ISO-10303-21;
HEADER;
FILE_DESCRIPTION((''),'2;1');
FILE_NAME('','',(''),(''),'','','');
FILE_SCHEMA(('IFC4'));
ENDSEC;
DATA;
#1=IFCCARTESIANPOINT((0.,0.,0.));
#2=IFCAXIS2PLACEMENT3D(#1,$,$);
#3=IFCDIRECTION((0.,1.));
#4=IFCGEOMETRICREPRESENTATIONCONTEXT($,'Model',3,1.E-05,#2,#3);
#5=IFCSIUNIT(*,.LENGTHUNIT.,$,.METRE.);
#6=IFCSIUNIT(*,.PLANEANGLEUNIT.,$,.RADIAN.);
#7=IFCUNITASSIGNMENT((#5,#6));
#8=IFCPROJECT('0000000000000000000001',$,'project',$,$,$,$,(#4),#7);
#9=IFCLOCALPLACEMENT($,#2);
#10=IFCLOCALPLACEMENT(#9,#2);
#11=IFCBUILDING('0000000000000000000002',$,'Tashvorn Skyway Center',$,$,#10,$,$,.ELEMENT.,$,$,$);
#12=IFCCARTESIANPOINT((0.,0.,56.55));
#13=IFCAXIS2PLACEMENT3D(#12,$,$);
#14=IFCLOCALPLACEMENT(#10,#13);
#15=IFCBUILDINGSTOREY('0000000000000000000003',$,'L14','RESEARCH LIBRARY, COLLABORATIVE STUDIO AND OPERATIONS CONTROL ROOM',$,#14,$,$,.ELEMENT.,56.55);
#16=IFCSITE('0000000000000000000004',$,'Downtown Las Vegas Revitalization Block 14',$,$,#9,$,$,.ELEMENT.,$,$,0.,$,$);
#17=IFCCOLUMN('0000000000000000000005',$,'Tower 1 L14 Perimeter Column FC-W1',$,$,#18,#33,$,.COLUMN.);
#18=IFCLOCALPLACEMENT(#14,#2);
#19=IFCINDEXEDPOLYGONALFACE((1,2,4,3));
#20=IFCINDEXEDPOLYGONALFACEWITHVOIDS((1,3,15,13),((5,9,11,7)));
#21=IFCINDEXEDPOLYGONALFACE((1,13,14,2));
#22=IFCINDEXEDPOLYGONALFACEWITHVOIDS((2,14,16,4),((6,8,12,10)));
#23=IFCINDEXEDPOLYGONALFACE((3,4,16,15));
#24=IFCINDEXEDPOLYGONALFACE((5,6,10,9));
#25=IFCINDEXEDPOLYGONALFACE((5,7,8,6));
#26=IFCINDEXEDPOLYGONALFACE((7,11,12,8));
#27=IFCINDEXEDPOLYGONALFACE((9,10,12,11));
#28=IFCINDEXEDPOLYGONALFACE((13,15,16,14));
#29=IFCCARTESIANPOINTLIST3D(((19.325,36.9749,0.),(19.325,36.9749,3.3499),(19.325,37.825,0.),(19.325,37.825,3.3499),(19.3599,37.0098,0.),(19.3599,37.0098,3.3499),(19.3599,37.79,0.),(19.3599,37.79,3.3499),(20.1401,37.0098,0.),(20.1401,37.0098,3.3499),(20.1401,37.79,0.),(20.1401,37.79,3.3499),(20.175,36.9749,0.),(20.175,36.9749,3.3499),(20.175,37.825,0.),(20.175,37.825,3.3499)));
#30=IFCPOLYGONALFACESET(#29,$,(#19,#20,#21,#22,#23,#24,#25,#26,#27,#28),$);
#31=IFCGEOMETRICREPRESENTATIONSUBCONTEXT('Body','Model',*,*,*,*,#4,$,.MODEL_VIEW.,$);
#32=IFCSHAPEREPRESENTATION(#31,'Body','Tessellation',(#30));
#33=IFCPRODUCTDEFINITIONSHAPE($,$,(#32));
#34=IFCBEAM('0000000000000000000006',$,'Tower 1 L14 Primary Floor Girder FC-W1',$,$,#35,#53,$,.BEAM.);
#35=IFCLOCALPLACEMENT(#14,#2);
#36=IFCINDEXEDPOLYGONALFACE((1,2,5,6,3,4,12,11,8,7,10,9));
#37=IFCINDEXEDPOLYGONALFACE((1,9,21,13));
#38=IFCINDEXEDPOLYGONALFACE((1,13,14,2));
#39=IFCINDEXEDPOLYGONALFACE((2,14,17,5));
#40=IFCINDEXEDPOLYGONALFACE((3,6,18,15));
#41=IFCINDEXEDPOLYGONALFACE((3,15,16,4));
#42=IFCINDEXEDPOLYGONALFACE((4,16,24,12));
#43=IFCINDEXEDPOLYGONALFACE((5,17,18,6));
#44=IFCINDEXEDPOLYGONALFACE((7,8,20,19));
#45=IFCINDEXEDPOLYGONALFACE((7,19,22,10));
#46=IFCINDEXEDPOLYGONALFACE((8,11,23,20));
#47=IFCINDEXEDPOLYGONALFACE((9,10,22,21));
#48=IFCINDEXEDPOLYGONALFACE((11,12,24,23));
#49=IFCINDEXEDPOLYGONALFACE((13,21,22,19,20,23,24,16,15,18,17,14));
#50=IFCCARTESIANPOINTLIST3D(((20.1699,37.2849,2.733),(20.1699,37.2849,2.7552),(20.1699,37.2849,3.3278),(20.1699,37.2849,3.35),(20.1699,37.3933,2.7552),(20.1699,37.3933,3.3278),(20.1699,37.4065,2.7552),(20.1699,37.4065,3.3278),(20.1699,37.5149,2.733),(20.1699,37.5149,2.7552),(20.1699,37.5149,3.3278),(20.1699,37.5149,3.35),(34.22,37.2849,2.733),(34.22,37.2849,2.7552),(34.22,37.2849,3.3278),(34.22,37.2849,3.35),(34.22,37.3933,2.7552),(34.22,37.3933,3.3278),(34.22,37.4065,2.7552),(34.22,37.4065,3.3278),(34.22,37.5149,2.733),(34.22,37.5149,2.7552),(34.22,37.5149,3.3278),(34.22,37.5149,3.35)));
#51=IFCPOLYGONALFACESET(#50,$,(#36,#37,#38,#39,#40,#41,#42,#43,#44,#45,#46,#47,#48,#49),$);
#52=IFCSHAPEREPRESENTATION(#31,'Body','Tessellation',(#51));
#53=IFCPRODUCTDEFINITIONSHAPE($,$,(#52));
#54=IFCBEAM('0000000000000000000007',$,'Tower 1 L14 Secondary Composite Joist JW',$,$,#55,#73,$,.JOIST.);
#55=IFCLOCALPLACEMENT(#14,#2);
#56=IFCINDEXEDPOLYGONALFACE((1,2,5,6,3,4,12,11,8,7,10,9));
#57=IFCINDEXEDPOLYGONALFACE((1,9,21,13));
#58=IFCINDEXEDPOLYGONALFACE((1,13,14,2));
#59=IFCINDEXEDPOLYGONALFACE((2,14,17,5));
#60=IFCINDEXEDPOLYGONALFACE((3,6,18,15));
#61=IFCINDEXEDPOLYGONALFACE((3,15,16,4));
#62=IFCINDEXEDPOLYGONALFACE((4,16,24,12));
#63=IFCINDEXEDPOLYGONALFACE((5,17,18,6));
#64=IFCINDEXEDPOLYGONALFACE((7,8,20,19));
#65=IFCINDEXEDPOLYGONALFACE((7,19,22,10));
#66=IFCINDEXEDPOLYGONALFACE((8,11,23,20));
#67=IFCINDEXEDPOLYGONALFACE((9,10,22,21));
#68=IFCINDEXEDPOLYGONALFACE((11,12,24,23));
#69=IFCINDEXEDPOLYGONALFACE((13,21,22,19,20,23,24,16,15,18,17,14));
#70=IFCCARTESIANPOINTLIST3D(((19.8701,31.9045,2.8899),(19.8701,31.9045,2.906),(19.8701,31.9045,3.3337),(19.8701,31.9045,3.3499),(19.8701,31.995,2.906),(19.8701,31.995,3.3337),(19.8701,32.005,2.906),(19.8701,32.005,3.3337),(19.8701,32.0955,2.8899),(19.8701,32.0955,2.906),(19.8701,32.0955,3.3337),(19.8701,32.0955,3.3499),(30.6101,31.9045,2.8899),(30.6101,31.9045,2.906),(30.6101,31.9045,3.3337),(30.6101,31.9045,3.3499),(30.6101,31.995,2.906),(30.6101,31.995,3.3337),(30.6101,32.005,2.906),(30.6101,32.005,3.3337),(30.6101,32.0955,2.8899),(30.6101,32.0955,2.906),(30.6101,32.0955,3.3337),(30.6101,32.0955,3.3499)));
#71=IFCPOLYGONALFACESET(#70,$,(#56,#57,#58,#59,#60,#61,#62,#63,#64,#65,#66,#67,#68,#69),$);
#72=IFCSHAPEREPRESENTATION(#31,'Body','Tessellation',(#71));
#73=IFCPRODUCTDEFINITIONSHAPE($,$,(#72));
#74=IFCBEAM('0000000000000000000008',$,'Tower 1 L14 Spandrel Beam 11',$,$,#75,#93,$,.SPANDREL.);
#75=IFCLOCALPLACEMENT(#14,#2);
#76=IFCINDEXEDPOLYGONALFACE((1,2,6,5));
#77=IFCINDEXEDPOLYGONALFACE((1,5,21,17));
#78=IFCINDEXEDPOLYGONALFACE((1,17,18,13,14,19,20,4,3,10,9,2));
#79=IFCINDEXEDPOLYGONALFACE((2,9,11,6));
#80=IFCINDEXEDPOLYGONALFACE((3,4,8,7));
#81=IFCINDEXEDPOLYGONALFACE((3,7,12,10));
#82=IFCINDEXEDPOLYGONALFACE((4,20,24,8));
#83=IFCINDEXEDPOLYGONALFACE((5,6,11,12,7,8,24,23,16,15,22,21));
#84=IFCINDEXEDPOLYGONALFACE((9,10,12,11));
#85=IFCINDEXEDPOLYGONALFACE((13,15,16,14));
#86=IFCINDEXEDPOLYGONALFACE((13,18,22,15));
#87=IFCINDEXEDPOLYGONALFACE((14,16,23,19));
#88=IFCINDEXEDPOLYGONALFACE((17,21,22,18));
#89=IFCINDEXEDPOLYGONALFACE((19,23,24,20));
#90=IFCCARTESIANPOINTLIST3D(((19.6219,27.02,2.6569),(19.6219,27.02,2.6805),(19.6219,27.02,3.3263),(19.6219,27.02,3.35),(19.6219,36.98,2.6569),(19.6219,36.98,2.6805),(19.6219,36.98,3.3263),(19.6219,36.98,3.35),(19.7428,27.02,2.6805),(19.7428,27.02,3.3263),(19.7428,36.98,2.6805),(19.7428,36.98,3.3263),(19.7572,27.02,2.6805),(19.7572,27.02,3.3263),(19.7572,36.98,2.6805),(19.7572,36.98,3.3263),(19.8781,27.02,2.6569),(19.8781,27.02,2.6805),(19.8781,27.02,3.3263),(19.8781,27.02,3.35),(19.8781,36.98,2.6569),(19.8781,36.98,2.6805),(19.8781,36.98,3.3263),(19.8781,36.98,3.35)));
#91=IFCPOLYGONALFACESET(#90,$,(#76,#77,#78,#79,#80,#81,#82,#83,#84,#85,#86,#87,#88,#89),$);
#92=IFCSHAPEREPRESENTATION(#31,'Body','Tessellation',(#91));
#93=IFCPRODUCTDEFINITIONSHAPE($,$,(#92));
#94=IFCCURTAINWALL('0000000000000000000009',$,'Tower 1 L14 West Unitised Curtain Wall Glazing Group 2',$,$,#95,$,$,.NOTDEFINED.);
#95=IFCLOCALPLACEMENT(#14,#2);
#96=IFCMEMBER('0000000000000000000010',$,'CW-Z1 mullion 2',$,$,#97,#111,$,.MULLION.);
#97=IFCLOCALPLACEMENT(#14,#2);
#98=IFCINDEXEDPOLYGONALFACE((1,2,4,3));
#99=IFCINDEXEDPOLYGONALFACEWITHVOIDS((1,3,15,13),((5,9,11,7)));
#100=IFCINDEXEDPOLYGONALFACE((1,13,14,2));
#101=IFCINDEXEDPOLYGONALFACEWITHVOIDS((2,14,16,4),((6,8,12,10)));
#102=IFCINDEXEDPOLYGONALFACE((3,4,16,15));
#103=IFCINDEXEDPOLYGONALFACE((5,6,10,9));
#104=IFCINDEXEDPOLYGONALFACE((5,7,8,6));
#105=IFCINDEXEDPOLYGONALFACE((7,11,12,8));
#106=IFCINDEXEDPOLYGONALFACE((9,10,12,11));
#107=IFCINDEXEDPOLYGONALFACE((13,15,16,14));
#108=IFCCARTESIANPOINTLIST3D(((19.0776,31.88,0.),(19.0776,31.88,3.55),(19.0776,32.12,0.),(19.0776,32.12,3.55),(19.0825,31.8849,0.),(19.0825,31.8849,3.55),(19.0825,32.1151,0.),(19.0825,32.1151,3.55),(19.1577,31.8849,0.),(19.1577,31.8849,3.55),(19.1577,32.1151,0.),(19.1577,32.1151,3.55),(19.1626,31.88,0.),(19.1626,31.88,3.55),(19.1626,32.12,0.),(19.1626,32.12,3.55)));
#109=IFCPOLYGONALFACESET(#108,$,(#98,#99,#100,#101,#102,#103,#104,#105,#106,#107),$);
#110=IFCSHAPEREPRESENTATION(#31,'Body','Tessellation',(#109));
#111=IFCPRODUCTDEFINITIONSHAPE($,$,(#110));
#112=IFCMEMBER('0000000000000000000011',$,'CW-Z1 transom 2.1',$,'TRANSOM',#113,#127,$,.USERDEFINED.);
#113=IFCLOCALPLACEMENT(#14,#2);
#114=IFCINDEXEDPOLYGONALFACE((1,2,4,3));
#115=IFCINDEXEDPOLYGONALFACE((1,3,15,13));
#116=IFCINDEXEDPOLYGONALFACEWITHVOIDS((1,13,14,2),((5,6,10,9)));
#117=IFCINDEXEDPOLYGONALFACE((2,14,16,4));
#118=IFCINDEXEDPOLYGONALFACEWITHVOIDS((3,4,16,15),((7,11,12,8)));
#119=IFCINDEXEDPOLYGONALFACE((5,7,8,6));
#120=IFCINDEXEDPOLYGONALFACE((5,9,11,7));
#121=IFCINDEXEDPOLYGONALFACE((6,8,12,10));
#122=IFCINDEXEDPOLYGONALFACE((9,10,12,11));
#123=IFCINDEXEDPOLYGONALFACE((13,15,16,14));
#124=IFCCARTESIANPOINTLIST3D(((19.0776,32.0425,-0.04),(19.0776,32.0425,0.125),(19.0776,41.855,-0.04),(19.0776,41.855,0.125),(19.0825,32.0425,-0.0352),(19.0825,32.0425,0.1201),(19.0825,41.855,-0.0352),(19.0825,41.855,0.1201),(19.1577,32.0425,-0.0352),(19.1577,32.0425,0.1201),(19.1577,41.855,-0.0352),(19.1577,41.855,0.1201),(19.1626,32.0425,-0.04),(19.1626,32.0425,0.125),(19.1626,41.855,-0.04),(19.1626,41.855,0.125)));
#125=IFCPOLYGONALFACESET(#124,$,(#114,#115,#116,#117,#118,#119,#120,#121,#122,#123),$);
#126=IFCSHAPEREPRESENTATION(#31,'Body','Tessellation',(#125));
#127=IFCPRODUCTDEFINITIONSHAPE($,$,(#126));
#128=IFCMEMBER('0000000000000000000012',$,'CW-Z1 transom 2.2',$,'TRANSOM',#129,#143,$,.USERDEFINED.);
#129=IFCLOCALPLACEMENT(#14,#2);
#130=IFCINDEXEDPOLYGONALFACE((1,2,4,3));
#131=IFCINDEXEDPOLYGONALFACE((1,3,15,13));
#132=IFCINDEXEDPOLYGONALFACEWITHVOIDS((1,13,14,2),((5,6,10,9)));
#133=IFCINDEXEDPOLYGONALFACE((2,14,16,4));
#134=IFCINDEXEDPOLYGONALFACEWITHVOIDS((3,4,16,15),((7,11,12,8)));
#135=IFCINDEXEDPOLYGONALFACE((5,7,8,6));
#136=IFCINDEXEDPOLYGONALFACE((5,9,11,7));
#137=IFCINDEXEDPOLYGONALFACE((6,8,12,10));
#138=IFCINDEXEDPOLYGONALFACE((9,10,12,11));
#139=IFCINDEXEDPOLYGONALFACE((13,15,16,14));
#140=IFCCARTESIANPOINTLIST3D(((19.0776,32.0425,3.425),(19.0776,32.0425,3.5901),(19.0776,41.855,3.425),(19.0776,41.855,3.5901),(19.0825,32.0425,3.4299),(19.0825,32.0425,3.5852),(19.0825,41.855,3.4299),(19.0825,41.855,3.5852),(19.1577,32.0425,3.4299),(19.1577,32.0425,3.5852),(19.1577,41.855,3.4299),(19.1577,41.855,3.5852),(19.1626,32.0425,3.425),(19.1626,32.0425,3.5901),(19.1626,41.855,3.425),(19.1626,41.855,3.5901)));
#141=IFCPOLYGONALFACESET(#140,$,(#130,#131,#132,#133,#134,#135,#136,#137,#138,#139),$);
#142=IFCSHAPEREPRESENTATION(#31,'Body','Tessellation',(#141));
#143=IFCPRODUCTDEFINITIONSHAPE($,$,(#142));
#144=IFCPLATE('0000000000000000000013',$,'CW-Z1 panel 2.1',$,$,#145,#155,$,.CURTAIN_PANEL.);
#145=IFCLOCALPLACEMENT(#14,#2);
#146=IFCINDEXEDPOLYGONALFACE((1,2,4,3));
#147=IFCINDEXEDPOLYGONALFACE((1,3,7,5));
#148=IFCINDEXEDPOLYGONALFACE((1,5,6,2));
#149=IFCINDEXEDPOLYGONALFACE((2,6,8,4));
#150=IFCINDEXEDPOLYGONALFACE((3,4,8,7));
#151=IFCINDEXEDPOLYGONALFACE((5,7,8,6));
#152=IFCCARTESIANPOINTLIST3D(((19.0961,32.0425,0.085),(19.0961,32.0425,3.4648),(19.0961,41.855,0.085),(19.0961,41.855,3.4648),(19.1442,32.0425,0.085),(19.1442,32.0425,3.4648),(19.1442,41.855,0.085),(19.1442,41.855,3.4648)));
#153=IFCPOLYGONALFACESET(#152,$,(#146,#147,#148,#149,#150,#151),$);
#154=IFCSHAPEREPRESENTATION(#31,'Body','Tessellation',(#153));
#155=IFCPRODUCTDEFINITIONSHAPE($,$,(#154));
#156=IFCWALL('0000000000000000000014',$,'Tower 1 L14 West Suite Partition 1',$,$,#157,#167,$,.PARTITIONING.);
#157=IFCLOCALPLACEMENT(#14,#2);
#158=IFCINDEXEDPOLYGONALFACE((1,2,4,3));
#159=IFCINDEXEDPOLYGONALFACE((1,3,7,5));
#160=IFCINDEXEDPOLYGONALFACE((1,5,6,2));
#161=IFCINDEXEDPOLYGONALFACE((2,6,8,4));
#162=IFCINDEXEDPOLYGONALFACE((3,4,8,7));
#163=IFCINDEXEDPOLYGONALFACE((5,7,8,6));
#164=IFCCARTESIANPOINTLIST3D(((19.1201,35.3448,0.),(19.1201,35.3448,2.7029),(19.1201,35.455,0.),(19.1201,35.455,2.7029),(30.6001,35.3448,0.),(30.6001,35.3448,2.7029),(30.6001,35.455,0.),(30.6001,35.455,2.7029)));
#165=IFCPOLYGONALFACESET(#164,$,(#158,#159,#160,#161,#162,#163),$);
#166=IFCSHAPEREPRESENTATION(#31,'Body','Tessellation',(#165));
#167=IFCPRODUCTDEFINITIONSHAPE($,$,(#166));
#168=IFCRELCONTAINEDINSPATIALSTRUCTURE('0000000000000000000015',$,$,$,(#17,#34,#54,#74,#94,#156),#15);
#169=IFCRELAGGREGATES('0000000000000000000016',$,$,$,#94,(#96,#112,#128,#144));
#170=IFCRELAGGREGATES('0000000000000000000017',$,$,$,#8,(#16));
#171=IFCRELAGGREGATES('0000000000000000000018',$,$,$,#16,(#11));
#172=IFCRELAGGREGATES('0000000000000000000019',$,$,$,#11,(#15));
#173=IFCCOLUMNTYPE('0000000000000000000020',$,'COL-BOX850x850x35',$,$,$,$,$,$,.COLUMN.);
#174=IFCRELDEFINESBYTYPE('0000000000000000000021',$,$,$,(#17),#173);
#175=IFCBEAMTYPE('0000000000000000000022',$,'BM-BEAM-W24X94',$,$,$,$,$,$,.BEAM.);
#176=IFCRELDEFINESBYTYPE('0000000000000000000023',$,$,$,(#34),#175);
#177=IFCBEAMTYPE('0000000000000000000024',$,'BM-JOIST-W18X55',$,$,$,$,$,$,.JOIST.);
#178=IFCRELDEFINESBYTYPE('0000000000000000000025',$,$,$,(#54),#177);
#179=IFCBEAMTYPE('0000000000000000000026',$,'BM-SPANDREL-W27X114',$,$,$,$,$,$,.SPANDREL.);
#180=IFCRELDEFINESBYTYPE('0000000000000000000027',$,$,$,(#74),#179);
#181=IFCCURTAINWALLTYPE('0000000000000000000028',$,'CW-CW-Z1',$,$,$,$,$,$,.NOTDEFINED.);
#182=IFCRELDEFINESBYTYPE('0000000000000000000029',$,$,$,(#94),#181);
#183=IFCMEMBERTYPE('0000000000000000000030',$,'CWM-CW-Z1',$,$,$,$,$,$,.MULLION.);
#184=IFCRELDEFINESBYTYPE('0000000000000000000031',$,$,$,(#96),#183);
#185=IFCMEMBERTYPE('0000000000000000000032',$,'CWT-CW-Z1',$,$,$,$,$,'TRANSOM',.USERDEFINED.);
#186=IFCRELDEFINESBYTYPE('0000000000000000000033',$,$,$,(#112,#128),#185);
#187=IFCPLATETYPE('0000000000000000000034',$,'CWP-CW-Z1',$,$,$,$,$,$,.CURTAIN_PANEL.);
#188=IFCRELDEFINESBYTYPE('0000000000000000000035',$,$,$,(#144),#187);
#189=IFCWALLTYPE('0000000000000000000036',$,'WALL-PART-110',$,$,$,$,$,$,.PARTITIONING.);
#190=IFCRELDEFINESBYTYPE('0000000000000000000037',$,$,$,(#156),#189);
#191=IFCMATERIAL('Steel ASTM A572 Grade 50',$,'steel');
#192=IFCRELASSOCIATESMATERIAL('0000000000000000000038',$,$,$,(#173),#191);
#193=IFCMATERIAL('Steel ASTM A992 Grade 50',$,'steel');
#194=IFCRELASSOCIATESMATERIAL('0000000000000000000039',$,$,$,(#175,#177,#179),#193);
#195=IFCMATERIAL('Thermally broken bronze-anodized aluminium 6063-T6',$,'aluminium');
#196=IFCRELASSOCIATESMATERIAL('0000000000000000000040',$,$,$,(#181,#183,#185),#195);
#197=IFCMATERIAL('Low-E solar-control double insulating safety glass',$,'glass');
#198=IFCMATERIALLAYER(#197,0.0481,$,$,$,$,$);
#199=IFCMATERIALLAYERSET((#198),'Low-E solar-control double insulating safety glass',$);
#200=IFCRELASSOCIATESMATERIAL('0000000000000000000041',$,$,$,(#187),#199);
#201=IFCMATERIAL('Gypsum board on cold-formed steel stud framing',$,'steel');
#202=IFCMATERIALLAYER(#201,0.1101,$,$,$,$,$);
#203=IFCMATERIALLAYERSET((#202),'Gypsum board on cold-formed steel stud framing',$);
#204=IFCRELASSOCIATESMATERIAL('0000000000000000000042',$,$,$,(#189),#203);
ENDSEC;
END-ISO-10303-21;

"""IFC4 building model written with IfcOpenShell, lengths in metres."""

from ifc_helpers import new_model, si_unit, direction, frame, frame_2d, origin, origin_2d, place, context, subcontext, project, spatial, rectangle, hollow_rectangle, i_section, extrude, material, layer, layer_set, material_profile, profile_set, type_object, element, aggregate, save


model = new_model("IFC4")

# Units and contexts
model_context = context("Model", 3, precision=1e-05, world=origin(), true_north=direction((0.0, 1.0)))
body_context = subcontext(model_context, "Body", "Model", "MODEL_VIEW")
ifc_project = project(units=[si_unit("LENGTHUNIT", "METRE"), si_unit("PLANEANGLEUNIT", "RADIAN")], contexts=[model_context])

# Site, building, storey
site_placement = place(None, origin())
site = spatial("IfcSite", under=ifc_project, at=site_placement, Name="Downtown Las Vegas Revitalization Block 14", CompositionType="ELEMENT", RefElevation=0.0)
building_placement = place(site_placement, origin())
building = spatial("IfcBuilding", under=site, at=building_placement, Name="Tashvorn Skyway Center", CompositionType="ELEMENT")
storey_placement = place(building_placement, frame((0.0, 0.0, 56.55)))
storey = spatial("IfcBuildingStorey", under=building, at=storey_placement, Name="L14", Description="RESEARCH LIBRARY, COLLABORATIVE STUDIO AND OPERATIONS CONTROL ROOM", CompositionType="ELEMENT", Elevation=56.55)

# Column
ifc_material_1 = material(Name="Steel ASTM A572 Grade 50", Category="steel")
ifc_material_profile_1 = material_profile(ifc_material_1, hollow_rectangle(XDim=0.8501, YDim=0.8501, WallThickness=0.0349, at=origin_2d()), Name="BOX850x850x35")
ifc_profile_set_1 = profile_set([ifc_material_profile_1], Name="Steel ASTM A572 Grade 50")
column_type = type_object("IfcColumnType", Name="COL-BOX850x850x35", PredefinedType="COLUMN", material=ifc_profile_set_1)
column_placement = place(storey_placement, frame((19.75, 37.3999, 0.0), z_axis=(0.0, 0.0, 1.0), x_axis=(1.0, 0.0, 0.0)))
element("IfcColumn", 1, at=column_placement, inside=storey, type_object=column_type, Name="Tower 1 L14 Perimeter Column FC-W1", PredefinedType="COLUMN", context=body_context, shape_type="SweptSolid", body=[
    extrude(hollow_rectangle(XDim=0.8501, YDim=0.8501, WallThickness=0.0349, at=origin_2d()), origin(), (0.0, 0.0, 1.0), 3.3499),
])

# Beams
ifc_material_2 = material(Name="Steel ASTM A992 Grade 50", Category="steel")
ifc_material_profile_2 = material_profile(ifc_material_2, i_section(OverallWidth=0.23, OverallDepth=0.6169, WebThickness=0.0132, FlangeThickness=0.0222, at=origin_2d()), Name="W24X94")
ifc_profile_set_2 = profile_set([ifc_material_profile_2], Name="Steel ASTM A992 Grade 50")
beam_type_1 = type_object("IfcBeamType", Name="BM-BEAM-W24X94", PredefinedType="BEAM", material=ifc_profile_set_2)
beam_1_placement = place(storey_placement, frame((20.1699, 37.3999, 3.0415), z_axis=(1.0, 0.0, 0.0), x_axis=(0.0, 1.0, 0.0)))
element("IfcBeam", 2, at=beam_1_placement, inside=storey, type_object=beam_type_1, Name="Tower 1 L14 Primary Floor Girder FC-W1", PredefinedType="BEAM", context=body_context, shape_type="SweptSolid", body=[
    extrude(i_section(OverallWidth=0.23, OverallDepth=0.6169, WebThickness=0.0132, FlangeThickness=0.0222, at=origin_2d()), origin(), (0.0, 0.0, 1.0), 14.05),
])
ifc_material_profile_3 = material_profile(ifc_material_2, i_section(OverallWidth=0.1909, OverallDepth=0.46, WebThickness=0.01, FlangeThickness=0.0161, at=origin_2d()), Name="W18X55")
ifc_profile_set_3 = profile_set([ifc_material_profile_3], Name="Steel ASTM A992 Grade 50")
beam_type_2 = type_object("IfcBeamType", Name="BM-JOIST-W18X55", PredefinedType="JOIST", material=ifc_profile_set_3)
beam_2_placement = place(storey_placement, frame((30.6101, 32.0, 3.1199), z_axis=(-1.0, 0.0, 0.0), x_axis=(0.0, -1.0, 0.0)))
element("IfcBeam", 3, at=beam_2_placement, inside=storey, type_object=beam_type_2, Name="Tower 1 L14 Secondary Composite Joist JW", PredefinedType="JOIST", context=body_context, shape_type="SweptSolid", body=[
    extrude(i_section(OverallWidth=0.1909, OverallDepth=0.46, WebThickness=0.01, FlangeThickness=0.0161, at=origin_2d()), origin(), (0.0, 0.0, 1.0), 10.74),
])
ifc_material_profile_4 = material_profile(ifc_material_2, i_section(OverallWidth=0.2561, OverallDepth=0.6931, WebThickness=0.0144, FlangeThickness=0.0237, at=origin_2d()), Name="W27X114")
ifc_profile_set_4 = profile_set([ifc_material_profile_4], Name="Steel ASTM A992 Grade 50")
beam_type_3 = type_object("IfcBeamType", Name="BM-SPANDREL-W27X114", PredefinedType="SPANDREL", material=ifc_profile_set_4)
beam_3_placement = place(storey_placement, frame((19.75, 36.98, 3.0034), z_axis=(0.0, -1.0, 0.0), x_axis=(1.0, 0.0, 0.0)))
element("IfcBeam", 4, at=beam_3_placement, inside=storey, type_object=beam_type_3, Name="Tower 1 L14 Spandrel Beam 11", PredefinedType="SPANDREL", context=body_context, shape_type="SweptSolid", body=[
    extrude(i_section(OverallWidth=0.2561, OverallDepth=0.6931, WebThickness=0.0144, FlangeThickness=0.0237, at=origin_2d()), origin(), (0.0, 0.0, 1.0), 9.96),
])

# Curtain wall, members, plate
ifc_material_3 = material(Name="Thermally broken bronze-anodized aluminium 6063-T6", Category="aluminium")
curtain_wall_type = type_object("IfcCurtainWallType", Name="CW-CW-Z1", PredefinedType="NOTDEFINED", material=ifc_material_3)
curtain_wall_placement = place(storey_placement, origin())
curtain_wall = element("IfcCurtainWall", 5, at=curtain_wall_placement, inside=storey, type_object=curtain_wall_type, Name="Tower 1 L14 West Unitised Curtain Wall Glazing Group 2", PredefinedType="NOTDEFINED")
ifc_material_profile_5 = material_profile(ifc_material_3, hollow_rectangle(XDim=0.085, YDim=0.24, WallThickness=0.0049, at=origin_2d()), Name="ALU-MULL-85x240")
ifc_profile_set_5 = profile_set([ifc_material_profile_5], Name="Thermally broken bronze-anodized aluminium 6063-T6")
member_type_1 = type_object("IfcMemberType", Name="CWM-CW-Z1", PredefinedType="MULLION", material=ifc_profile_set_5)
member_1_placement = place(storey_placement, frame((19.1201, 32.0, 0.0), z_axis=(0.0, 0.0, 1.0), x_axis=(-1.0, 0.0, 0.0)))
member_1 = element("IfcMember", 6, at=member_1_placement, type_object=member_type_1, Name="CW-Z1 mullion 2", PredefinedType="MULLION", context=body_context, shape_type="SweptSolid", body=[
    extrude(hollow_rectangle(XDim=0.085, YDim=0.24, WallThickness=0.0049, at=origin_2d()), origin(), (0.0, 0.0, 1.0), 3.55),
])
ifc_material_profile_6 = material_profile(ifc_material_3, hollow_rectangle(XDim=0.085, YDim=0.165, WallThickness=0.0049, at=origin_2d()), Name="ALU-TRAN-85x165")
ifc_profile_set_6 = profile_set([ifc_material_profile_6], Name="Thermally broken bronze-anodized aluminium 6063-T6")
member_type_2 = type_object("IfcMemberType", Name="CWT-CW-Z1", ElementType="TRANSOM", PredefinedType="USERDEFINED", material=ifc_profile_set_6)
member_2_placement = place(storey_placement, frame((19.1201, 32.0425, 0.0425), z_axis=(0.0, 1.0, 0.0), x_axis=(-1.0, 0.0, 0.0)))
member_2 = element("IfcMember", 7, at=member_2_placement, type_object=member_type_2, Name="CW-Z1 transom 2.1", ObjectType="TRANSOM", PredefinedType="USERDEFINED", context=body_context, shape_type="SweptSolid", body=[
    extrude(hollow_rectangle(XDim=0.085, YDim=0.165, WallThickness=0.0049, at=origin_2d()), origin(), (0.0, 0.0, 1.0), 9.8125),
])
member_3_placement = place(storey_placement, frame((19.1201, 32.0425, 3.5076), z_axis=(0.0, 1.0, 0.0), x_axis=(-1.0, 0.0, 0.0)))
member_3 = element("IfcMember", 8, at=member_3_placement, type_object=member_type_2, Name="CW-Z1 transom 2.2", ObjectType="TRANSOM", PredefinedType="USERDEFINED", context=body_context, shape_type="SweptSolid", body=[
    extrude(hollow_rectangle(XDim=0.085, YDim=0.165, WallThickness=0.0049, at=origin_2d()), origin(), (0.0, 0.0, 1.0), 9.8125),
])
ifc_material_4 = material(Name="Low-E solar-control double insulating safety glass", Category="glass")
ifc_layer_1 = layer(ifc_material_4, 0.0481)
ifc_layer_set_1 = layer_set([ifc_layer_1], Name="Low-E solar-control double insulating safety glass")
plate_type = type_object("IfcPlateType", Name="CWP-CW-Z1", PredefinedType="CURTAIN_PANEL", material=ifc_layer_set_1)
plate_placement = place(storey_placement, frame((19.1201, 36.9487, 0.085), z_axis=(0.0, 0.0, 1.0), x_axis=(0.0, 1.0, 0.0)))
plate = element("IfcPlate", 9, at=plate_placement, type_object=plate_type, Name="CW-Z1 panel 2.1", PredefinedType="CURTAIN_PANEL", context=body_context, shape_type="SweptSolid", body=[
    extrude(rectangle(XDim=9.8125, YDim=0.0481, at=origin_2d()), origin(), (0.0, 0.0, 1.0), 3.3799),
])
aggregate(curtain_wall, [member_1, member_2, member_3, plate])

# Wall
ifc_material_5 = material(Name="Gypsum board on cold-formed steel stud framing", Category="steel")
ifc_layer_2 = layer(ifc_material_5, 0.1101)
ifc_layer_set_2 = layer_set([ifc_layer_2], Name="Gypsum board on cold-formed steel stud framing")
wall_type_1 = type_object("IfcWallType", Name="WALL-PART-110", PredefinedType="PARTITIONING", material=ifc_layer_set_2)
wall_1_placement = place(storey_placement, frame((30.6001, 35.3999, 0.0), z_axis=(0.0, 0.0, 1.0), x_axis=(-1.0, 0.0, 0.0)))
element("IfcWall", 10, at=wall_1_placement, inside=storey, type_object=wall_type_1, Name="Tower 1 L14 West Suite Partition 1", PredefinedType="PARTITIONING", context=body_context, shape_type="SweptSolid", body=[
    extrude(rectangle(XDim=11.48, YDim=0.1101, at=frame_2d((5.74, 0.0))), origin(), (0.0, 0.0, 1.0), 2.7029),
])

save(model, "model.ifc")
